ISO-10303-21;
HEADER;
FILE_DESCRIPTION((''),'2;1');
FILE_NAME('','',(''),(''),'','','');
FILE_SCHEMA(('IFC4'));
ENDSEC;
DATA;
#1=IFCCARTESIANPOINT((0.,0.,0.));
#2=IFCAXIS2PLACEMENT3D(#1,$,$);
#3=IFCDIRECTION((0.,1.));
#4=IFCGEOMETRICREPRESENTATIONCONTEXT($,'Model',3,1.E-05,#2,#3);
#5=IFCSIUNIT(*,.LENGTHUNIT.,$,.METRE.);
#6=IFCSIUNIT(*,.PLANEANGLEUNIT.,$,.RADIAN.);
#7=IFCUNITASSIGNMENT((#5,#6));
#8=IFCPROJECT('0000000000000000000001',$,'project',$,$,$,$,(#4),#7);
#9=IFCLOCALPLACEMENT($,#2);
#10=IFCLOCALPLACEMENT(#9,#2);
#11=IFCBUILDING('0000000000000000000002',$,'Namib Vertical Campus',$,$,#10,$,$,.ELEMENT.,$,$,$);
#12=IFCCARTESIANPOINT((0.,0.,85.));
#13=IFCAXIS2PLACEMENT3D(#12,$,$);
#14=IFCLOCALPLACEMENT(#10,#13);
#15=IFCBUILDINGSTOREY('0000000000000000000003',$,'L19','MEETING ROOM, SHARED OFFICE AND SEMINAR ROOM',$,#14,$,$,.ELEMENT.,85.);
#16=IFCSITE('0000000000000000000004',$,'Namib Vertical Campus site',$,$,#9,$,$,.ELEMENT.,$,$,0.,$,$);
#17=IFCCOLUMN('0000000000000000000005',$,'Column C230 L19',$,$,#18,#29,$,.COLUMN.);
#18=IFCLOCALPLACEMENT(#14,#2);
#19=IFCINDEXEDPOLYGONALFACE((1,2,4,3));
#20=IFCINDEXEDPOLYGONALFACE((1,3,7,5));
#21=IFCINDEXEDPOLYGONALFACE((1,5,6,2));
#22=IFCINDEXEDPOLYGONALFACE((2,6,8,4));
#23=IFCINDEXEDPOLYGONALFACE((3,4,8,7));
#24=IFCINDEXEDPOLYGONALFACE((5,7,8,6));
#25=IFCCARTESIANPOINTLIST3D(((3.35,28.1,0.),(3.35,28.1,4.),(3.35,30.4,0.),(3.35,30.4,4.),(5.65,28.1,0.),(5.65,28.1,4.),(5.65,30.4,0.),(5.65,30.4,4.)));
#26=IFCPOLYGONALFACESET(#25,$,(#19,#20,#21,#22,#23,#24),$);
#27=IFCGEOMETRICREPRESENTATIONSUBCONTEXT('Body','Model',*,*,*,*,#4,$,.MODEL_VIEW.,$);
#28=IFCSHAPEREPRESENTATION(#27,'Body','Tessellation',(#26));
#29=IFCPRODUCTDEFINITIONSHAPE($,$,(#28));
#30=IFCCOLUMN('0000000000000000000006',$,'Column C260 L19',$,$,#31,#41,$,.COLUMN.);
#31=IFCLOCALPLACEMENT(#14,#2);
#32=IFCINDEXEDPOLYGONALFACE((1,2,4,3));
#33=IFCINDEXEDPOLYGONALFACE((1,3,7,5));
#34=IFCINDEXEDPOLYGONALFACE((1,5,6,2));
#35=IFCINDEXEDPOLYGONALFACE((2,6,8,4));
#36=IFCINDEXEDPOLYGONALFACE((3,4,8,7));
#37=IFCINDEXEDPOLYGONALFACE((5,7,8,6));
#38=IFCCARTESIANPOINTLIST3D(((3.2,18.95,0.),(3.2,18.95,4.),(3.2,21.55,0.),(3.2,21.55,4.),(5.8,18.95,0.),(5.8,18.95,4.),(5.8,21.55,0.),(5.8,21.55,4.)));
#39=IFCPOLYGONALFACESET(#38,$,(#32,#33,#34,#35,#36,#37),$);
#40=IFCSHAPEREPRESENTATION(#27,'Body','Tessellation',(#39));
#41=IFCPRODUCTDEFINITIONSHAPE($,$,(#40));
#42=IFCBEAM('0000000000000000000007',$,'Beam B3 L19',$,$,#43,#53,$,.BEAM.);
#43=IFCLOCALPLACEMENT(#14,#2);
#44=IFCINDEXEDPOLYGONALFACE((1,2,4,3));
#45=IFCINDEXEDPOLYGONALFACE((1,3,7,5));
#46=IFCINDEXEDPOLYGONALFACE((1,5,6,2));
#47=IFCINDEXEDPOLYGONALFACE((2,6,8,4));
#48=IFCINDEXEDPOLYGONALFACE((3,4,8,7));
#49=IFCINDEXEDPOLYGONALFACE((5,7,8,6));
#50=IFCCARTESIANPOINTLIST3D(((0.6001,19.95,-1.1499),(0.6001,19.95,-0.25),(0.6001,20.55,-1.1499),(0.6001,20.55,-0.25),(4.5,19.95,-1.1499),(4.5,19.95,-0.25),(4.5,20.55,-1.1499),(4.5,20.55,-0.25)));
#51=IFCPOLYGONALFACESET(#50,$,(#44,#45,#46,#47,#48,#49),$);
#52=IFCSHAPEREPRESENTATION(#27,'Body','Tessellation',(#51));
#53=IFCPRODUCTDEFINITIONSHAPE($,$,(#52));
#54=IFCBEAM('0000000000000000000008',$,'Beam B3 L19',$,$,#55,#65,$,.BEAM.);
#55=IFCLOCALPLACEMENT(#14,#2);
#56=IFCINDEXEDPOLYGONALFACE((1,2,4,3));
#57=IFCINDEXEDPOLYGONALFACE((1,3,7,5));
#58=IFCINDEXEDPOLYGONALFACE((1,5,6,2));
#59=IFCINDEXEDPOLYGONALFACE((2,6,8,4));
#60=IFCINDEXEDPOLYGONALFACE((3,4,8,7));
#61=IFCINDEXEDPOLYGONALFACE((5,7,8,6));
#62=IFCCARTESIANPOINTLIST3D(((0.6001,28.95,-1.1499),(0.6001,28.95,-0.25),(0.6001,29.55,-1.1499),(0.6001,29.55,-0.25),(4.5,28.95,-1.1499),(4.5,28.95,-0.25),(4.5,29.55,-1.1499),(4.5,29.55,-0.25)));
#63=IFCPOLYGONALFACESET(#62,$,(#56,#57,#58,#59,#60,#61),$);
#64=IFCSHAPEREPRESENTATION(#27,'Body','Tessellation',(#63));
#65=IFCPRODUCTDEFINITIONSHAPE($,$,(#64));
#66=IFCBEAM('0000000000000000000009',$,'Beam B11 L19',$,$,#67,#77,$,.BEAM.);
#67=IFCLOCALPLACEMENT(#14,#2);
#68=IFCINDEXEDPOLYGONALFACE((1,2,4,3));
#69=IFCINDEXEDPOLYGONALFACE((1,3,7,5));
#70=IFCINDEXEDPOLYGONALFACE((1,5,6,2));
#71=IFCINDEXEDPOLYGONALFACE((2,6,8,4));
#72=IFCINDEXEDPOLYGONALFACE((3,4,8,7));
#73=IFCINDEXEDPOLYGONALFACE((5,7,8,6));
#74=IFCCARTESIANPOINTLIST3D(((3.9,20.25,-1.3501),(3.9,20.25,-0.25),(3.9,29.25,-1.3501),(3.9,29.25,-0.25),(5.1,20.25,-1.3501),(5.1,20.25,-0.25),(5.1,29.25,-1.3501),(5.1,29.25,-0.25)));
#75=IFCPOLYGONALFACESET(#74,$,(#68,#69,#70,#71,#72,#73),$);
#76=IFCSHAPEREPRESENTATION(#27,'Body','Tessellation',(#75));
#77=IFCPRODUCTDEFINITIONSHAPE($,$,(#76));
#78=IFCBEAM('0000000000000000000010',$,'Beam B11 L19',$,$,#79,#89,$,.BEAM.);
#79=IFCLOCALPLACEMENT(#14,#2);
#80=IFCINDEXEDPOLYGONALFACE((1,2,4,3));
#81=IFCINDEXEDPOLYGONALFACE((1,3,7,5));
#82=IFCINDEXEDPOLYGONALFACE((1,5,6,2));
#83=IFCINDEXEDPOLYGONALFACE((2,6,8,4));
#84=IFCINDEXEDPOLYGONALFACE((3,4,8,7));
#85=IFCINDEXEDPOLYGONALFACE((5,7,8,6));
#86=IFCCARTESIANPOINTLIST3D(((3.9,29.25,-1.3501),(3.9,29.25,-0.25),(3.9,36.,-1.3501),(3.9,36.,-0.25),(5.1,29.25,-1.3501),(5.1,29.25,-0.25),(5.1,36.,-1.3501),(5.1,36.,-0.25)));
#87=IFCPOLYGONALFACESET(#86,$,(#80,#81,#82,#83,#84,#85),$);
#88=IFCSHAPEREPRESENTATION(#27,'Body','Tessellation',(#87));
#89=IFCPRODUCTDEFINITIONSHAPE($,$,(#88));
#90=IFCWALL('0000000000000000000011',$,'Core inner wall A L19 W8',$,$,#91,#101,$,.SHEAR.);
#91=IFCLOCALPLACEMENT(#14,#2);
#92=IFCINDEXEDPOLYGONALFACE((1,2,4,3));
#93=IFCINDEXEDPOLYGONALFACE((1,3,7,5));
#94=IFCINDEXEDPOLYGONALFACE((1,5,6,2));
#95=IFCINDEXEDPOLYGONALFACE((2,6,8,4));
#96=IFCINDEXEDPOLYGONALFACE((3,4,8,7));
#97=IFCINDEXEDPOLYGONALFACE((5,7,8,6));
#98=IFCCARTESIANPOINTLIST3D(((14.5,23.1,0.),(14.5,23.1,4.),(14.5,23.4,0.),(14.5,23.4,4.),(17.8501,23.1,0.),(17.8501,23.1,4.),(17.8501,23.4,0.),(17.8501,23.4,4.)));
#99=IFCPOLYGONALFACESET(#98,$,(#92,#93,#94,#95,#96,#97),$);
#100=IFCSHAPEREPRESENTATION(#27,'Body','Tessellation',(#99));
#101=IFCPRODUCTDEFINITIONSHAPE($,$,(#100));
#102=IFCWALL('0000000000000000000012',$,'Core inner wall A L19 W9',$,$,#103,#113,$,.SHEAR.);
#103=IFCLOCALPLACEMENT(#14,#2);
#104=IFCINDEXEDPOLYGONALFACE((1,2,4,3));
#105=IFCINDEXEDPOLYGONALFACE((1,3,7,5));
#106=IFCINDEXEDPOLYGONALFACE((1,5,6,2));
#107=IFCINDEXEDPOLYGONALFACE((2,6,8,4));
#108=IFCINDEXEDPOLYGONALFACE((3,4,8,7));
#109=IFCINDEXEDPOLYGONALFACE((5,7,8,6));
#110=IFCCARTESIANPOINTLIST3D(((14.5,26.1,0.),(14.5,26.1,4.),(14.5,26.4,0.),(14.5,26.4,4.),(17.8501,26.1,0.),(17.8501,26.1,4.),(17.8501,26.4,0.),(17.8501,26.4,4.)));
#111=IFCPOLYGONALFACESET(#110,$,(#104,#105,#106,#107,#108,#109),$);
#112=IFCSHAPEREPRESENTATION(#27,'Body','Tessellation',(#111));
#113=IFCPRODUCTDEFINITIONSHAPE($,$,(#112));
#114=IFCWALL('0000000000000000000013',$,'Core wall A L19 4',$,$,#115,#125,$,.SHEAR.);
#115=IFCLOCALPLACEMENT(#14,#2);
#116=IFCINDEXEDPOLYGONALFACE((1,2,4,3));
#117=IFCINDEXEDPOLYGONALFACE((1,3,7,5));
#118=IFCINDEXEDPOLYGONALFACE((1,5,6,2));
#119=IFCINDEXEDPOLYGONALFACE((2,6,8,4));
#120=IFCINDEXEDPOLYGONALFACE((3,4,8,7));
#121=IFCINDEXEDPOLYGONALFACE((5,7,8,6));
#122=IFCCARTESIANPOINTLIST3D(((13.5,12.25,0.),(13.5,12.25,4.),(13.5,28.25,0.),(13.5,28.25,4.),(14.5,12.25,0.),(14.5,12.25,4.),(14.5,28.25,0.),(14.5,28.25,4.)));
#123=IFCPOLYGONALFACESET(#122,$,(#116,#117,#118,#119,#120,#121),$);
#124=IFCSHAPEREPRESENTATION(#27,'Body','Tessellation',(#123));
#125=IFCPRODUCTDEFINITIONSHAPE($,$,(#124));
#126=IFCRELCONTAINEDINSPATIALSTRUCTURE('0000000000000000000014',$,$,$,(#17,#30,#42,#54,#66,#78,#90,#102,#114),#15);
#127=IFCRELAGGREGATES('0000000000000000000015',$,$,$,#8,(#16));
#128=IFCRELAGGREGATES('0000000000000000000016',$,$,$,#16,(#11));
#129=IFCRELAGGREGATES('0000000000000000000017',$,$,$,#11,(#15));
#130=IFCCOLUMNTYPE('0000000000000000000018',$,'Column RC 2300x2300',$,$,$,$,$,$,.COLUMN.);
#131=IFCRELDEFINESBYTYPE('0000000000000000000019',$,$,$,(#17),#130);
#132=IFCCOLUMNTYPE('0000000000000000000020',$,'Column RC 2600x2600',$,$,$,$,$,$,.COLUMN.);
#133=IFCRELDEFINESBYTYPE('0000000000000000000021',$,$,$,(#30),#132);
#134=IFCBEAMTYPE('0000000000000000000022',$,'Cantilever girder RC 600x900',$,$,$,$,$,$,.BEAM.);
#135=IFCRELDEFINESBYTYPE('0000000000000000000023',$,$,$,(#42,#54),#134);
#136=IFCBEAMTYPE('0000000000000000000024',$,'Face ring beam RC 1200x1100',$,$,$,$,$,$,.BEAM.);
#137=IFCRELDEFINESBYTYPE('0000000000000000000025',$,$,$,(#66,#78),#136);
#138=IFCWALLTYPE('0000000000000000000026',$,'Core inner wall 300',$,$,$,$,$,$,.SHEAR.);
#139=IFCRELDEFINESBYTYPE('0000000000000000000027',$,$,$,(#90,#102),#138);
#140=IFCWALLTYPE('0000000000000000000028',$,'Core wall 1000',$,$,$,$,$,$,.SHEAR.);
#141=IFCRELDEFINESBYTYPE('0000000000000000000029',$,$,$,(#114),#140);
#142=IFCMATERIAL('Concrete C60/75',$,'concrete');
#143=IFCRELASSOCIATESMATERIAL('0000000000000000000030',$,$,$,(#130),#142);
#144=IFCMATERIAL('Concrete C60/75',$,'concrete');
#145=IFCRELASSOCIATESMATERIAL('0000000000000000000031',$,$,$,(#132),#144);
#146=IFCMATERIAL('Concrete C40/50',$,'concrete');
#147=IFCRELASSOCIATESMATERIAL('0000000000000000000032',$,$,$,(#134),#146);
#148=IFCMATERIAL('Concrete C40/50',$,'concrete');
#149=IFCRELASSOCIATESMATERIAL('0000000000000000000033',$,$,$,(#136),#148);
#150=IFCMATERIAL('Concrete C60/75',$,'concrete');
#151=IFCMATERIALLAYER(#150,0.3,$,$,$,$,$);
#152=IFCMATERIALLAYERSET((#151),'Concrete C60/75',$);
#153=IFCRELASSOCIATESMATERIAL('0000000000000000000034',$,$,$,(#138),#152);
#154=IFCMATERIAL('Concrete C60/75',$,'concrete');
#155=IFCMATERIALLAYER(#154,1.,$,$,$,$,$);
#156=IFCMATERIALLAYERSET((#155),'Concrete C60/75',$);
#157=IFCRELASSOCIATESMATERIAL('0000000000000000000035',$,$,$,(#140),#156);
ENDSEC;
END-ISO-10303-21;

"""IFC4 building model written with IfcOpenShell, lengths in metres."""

from ifc_helpers import new_model, si_unit, direction, frame, frame_2d, origin, origin_2d, place, context, subcontext, project, spatial, rectangle, extrude, material, layer, layer_set, material_profile, profile_set, type_object, element, save


model = new_model("IFC4")

# Units and contexts
model_context = context("Model", 3, precision=1e-05, world=origin(), true_north=direction((0.0, 1.0)))
body_context = subcontext(model_context, "Body", "Model", "MODEL_VIEW")
ifc_project = project(units=[si_unit("LENGTHUNIT", "METRE"), si_unit("PLANEANGLEUNIT", "RADIAN")], contexts=[model_context])

# Site, building, storey
site_placement = place(None, origin())
site = spatial("IfcSite", under=ifc_project, at=site_placement, Name="Namib Vertical Campus site", CompositionType="ELEMENT", RefElevation=0.0)
building_placement = place(site_placement, origin())
building = spatial("IfcBuilding", under=site, at=building_placement, Name="Namib Vertical Campus", CompositionType="ELEMENT")
storey_placement = place(building_placement, frame((0.0, 0.0, 85.0)))
storey = spatial("IfcBuildingStorey", under=building, at=storey_placement, Name="L19", Description="MEETING ROOM, SHARED OFFICE AND SEMINAR ROOM", CompositionType="ELEMENT", Elevation=85.0)

# Columns
ifc_material_1 = material(Name="Concrete C60/75", Category="concrete")
ifc_material_profile_1 = material_profile(ifc_material_1, rectangle(XDim=2.3, YDim=2.3, at=origin_2d()))
ifc_profile_set_1 = profile_set([ifc_material_profile_1], Name="Concrete C60/75")
column_type_1 = type_object("IfcColumnType", Name="Column RC 2300x2300", PredefinedType="COLUMN", material=ifc_profile_set_1)
column_1_placement = place(storey_placement, frame((4.5, 29.25, 0.0), z_axis=(0.0, 0.0, 1.0), x_axis=(1.0, 0.0, 0.0)))
element("IfcColumn", 1, at=column_1_placement, inside=storey, type_object=column_type_1, Name="Column C230 L19", PredefinedType="COLUMN", context=body_context, shape_type="SweptSolid", body=[
    extrude(rectangle(XDim=2.3, YDim=2.3, at=origin_2d()), origin(), (0.0, 0.0, 1.0), 4.0),
])
ifc_material_2 = material(Name="Concrete C60/75", Category="concrete")
ifc_material_profile_2 = material_profile(ifc_material_2, rectangle(XDim=2.6001, YDim=2.6001, at=origin_2d()))
ifc_profile_set_2 = profile_set([ifc_material_profile_2], Name="Concrete C60/75")
column_type_2 = type_object("IfcColumnType", Name="Column RC 2600x2600", PredefinedType="COLUMN", material=ifc_profile_set_2)
column_2_placement = place(storey_placement, frame((4.5, 20.25, 0.0), z_axis=(0.0, 0.0, 1.0), x_axis=(1.0, 0.0, 0.0)))
element("IfcColumn", 2, at=column_2_placement, inside=storey, type_object=column_type_2, Name="Column C260 L19", PredefinedType="COLUMN", context=body_context, shape_type="SweptSolid", body=[
    extrude(rectangle(XDim=2.6001, YDim=2.6001, at=origin_2d()), origin(), (0.0, 0.0, 1.0), 4.0),
])

# Beams
ifc_material_3 = material(Name="Concrete C40/50", Category="concrete")
ifc_material_profile_3 = material_profile(ifc_material_3, rectangle(XDim=0.6001, YDim=0.8999, at=origin_2d()))
ifc_profile_set_3 = profile_set([ifc_material_profile_3], Name="Concrete C40/50")
beam_type_1 = type_object("IfcBeamType", Name="Cantilever girder RC 600x900", PredefinedType="BEAM", material=ifc_profile_set_3)
for number, where, z_axis, x_axis, name in (
    (3, (4.5, 20.25, -0.7), (-1.0, 0.0, 0.0), (0.0, -1.0, 0.0), "Beam B3 L19"),
    (4, (4.5, 29.25, -0.7), (-1.0, 0.0, 0.0), (0.0, -1.0, 0.0), "Beam B3 L19"),
):
    element("IfcBeam", number, at=place(storey_placement, frame(where, z_axis=z_axis, x_axis=x_axis)), inside=storey, type_object=beam_type_1, Name=name, PredefinedType="BEAM", context=body_context, shape_type="SweptSolid", body=[
        extrude(rectangle(XDim=0.6001, YDim=0.8999, at=origin_2d()), origin(), (0.0, 0.0, 1.0), 3.8999),
    ])
ifc_material_4 = material(Name="Concrete C40/50", Category="concrete")
ifc_material_profile_4 = material_profile(ifc_material_4, rectangle(XDim=1.2, YDim=1.1001, at=origin_2d()))
ifc_profile_set_4 = profile_set([ifc_material_profile_4], Name="Concrete C40/50")
beam_type_2 = type_object("IfcBeamType", Name="Face ring beam RC 1200x1100", PredefinedType="BEAM", material=ifc_profile_set_4)
beam_1_placement = place(storey_placement, frame((4.5, 20.25, -0.8), z_axis=(0.0, 1.0, 0.0), x_axis=(-1.0, 0.0, 0.0)))
element("IfcBeam", 5, at=beam_1_placement, inside=storey, type_object=beam_type_2, Name="Beam B11 L19", PredefinedType="BEAM", context=body_context, shape_type="SweptSolid", body=[
    extrude(rectangle(XDim=1.2, YDim=1.1001, at=origin_2d()), origin(), (0.0, 0.0, 1.0), 9.0),
])
beam_2_placement = place(storey_placement, frame((4.5, 29.25, -0.8), z_axis=(0.0, 1.0, 0.0), x_axis=(-1.0, 0.0, 0.0)))
element("IfcBeam", 6, at=beam_2_placement, inside=storey, type_object=beam_type_2, Name="Beam B11 L19", PredefinedType="BEAM", context=body_context, shape_type="SweptSolid", body=[
    extrude(rectangle(XDim=1.2, YDim=1.1001, at=origin_2d()), origin(), (0.0, 0.0, 1.0), 6.75),
])

# Walls
ifc_material_5 = material(Name="Concrete C60/75", Category="concrete")
ifc_layer_1 = layer(ifc_material_5, 0.3)
ifc_layer_set_1 = layer_set([ifc_layer_1], Name="Concrete C60/75")
wall_type_1 = type_object("IfcWallType", Name="Core inner wall 300", PredefinedType="SHEAR", material=ifc_layer_set_1)
for number, where, z_axis, x_axis, name in (
    (7, (14.5, 23.25, 0.0), (0.0, 0.0, 1.0), (1.0, 0.0, 0.0), "Core inner wall A L19 W8"),
    (8, (14.5, 26.25, 0.0), (0.0, 0.0, 1.0), (1.0, 0.0, 0.0), "Core inner wall A L19 W9"),
):
    element("IfcWall", number, at=place(storey_placement, frame(where, z_axis=z_axis, x_axis=x_axis)), inside=storey, type_object=wall_type_1, Name=name, PredefinedType="SHEAR", context=body_context, shape_type="SweptSolid", body=[
        extrude(rectangle(XDim=3.3501, YDim=0.3, at=frame_2d((1.675, 0.0))), origin(), (0.0, 0.0, 1.0), 4.0),
    ])
ifc_material_6 = material(Name="Concrete C60/75", Category="concrete")
ifc_layer_2 = layer(ifc_material_6, 1.0)
ifc_layer_set_2 = layer_set([ifc_layer_2], Name="Concrete C60/75")
wall_type_2 = type_object("IfcWallType", Name="Core wall 1000", PredefinedType="SHEAR", material=ifc_layer_set_2)
wall_1_placement = place(storey_placement, frame((14.0, 28.25, 0.0), z_axis=(0.0, 0.0, 1.0), x_axis=(0.0, -1.0, 0.0)))
element("IfcWall", 9, at=wall_1_placement, inside=storey, type_object=wall_type_2, Name="Core wall A L19 4", PredefinedType="SHEAR", context=body_context, shape_type="SweptSolid", body=[
    extrude(rectangle(XDim=16.0, YDim=1.0, at=frame_2d((8.0, 0.0))), origin(), (0.0, 0.0, 1.0), 4.0),
])

save(model, "model.ifc")
